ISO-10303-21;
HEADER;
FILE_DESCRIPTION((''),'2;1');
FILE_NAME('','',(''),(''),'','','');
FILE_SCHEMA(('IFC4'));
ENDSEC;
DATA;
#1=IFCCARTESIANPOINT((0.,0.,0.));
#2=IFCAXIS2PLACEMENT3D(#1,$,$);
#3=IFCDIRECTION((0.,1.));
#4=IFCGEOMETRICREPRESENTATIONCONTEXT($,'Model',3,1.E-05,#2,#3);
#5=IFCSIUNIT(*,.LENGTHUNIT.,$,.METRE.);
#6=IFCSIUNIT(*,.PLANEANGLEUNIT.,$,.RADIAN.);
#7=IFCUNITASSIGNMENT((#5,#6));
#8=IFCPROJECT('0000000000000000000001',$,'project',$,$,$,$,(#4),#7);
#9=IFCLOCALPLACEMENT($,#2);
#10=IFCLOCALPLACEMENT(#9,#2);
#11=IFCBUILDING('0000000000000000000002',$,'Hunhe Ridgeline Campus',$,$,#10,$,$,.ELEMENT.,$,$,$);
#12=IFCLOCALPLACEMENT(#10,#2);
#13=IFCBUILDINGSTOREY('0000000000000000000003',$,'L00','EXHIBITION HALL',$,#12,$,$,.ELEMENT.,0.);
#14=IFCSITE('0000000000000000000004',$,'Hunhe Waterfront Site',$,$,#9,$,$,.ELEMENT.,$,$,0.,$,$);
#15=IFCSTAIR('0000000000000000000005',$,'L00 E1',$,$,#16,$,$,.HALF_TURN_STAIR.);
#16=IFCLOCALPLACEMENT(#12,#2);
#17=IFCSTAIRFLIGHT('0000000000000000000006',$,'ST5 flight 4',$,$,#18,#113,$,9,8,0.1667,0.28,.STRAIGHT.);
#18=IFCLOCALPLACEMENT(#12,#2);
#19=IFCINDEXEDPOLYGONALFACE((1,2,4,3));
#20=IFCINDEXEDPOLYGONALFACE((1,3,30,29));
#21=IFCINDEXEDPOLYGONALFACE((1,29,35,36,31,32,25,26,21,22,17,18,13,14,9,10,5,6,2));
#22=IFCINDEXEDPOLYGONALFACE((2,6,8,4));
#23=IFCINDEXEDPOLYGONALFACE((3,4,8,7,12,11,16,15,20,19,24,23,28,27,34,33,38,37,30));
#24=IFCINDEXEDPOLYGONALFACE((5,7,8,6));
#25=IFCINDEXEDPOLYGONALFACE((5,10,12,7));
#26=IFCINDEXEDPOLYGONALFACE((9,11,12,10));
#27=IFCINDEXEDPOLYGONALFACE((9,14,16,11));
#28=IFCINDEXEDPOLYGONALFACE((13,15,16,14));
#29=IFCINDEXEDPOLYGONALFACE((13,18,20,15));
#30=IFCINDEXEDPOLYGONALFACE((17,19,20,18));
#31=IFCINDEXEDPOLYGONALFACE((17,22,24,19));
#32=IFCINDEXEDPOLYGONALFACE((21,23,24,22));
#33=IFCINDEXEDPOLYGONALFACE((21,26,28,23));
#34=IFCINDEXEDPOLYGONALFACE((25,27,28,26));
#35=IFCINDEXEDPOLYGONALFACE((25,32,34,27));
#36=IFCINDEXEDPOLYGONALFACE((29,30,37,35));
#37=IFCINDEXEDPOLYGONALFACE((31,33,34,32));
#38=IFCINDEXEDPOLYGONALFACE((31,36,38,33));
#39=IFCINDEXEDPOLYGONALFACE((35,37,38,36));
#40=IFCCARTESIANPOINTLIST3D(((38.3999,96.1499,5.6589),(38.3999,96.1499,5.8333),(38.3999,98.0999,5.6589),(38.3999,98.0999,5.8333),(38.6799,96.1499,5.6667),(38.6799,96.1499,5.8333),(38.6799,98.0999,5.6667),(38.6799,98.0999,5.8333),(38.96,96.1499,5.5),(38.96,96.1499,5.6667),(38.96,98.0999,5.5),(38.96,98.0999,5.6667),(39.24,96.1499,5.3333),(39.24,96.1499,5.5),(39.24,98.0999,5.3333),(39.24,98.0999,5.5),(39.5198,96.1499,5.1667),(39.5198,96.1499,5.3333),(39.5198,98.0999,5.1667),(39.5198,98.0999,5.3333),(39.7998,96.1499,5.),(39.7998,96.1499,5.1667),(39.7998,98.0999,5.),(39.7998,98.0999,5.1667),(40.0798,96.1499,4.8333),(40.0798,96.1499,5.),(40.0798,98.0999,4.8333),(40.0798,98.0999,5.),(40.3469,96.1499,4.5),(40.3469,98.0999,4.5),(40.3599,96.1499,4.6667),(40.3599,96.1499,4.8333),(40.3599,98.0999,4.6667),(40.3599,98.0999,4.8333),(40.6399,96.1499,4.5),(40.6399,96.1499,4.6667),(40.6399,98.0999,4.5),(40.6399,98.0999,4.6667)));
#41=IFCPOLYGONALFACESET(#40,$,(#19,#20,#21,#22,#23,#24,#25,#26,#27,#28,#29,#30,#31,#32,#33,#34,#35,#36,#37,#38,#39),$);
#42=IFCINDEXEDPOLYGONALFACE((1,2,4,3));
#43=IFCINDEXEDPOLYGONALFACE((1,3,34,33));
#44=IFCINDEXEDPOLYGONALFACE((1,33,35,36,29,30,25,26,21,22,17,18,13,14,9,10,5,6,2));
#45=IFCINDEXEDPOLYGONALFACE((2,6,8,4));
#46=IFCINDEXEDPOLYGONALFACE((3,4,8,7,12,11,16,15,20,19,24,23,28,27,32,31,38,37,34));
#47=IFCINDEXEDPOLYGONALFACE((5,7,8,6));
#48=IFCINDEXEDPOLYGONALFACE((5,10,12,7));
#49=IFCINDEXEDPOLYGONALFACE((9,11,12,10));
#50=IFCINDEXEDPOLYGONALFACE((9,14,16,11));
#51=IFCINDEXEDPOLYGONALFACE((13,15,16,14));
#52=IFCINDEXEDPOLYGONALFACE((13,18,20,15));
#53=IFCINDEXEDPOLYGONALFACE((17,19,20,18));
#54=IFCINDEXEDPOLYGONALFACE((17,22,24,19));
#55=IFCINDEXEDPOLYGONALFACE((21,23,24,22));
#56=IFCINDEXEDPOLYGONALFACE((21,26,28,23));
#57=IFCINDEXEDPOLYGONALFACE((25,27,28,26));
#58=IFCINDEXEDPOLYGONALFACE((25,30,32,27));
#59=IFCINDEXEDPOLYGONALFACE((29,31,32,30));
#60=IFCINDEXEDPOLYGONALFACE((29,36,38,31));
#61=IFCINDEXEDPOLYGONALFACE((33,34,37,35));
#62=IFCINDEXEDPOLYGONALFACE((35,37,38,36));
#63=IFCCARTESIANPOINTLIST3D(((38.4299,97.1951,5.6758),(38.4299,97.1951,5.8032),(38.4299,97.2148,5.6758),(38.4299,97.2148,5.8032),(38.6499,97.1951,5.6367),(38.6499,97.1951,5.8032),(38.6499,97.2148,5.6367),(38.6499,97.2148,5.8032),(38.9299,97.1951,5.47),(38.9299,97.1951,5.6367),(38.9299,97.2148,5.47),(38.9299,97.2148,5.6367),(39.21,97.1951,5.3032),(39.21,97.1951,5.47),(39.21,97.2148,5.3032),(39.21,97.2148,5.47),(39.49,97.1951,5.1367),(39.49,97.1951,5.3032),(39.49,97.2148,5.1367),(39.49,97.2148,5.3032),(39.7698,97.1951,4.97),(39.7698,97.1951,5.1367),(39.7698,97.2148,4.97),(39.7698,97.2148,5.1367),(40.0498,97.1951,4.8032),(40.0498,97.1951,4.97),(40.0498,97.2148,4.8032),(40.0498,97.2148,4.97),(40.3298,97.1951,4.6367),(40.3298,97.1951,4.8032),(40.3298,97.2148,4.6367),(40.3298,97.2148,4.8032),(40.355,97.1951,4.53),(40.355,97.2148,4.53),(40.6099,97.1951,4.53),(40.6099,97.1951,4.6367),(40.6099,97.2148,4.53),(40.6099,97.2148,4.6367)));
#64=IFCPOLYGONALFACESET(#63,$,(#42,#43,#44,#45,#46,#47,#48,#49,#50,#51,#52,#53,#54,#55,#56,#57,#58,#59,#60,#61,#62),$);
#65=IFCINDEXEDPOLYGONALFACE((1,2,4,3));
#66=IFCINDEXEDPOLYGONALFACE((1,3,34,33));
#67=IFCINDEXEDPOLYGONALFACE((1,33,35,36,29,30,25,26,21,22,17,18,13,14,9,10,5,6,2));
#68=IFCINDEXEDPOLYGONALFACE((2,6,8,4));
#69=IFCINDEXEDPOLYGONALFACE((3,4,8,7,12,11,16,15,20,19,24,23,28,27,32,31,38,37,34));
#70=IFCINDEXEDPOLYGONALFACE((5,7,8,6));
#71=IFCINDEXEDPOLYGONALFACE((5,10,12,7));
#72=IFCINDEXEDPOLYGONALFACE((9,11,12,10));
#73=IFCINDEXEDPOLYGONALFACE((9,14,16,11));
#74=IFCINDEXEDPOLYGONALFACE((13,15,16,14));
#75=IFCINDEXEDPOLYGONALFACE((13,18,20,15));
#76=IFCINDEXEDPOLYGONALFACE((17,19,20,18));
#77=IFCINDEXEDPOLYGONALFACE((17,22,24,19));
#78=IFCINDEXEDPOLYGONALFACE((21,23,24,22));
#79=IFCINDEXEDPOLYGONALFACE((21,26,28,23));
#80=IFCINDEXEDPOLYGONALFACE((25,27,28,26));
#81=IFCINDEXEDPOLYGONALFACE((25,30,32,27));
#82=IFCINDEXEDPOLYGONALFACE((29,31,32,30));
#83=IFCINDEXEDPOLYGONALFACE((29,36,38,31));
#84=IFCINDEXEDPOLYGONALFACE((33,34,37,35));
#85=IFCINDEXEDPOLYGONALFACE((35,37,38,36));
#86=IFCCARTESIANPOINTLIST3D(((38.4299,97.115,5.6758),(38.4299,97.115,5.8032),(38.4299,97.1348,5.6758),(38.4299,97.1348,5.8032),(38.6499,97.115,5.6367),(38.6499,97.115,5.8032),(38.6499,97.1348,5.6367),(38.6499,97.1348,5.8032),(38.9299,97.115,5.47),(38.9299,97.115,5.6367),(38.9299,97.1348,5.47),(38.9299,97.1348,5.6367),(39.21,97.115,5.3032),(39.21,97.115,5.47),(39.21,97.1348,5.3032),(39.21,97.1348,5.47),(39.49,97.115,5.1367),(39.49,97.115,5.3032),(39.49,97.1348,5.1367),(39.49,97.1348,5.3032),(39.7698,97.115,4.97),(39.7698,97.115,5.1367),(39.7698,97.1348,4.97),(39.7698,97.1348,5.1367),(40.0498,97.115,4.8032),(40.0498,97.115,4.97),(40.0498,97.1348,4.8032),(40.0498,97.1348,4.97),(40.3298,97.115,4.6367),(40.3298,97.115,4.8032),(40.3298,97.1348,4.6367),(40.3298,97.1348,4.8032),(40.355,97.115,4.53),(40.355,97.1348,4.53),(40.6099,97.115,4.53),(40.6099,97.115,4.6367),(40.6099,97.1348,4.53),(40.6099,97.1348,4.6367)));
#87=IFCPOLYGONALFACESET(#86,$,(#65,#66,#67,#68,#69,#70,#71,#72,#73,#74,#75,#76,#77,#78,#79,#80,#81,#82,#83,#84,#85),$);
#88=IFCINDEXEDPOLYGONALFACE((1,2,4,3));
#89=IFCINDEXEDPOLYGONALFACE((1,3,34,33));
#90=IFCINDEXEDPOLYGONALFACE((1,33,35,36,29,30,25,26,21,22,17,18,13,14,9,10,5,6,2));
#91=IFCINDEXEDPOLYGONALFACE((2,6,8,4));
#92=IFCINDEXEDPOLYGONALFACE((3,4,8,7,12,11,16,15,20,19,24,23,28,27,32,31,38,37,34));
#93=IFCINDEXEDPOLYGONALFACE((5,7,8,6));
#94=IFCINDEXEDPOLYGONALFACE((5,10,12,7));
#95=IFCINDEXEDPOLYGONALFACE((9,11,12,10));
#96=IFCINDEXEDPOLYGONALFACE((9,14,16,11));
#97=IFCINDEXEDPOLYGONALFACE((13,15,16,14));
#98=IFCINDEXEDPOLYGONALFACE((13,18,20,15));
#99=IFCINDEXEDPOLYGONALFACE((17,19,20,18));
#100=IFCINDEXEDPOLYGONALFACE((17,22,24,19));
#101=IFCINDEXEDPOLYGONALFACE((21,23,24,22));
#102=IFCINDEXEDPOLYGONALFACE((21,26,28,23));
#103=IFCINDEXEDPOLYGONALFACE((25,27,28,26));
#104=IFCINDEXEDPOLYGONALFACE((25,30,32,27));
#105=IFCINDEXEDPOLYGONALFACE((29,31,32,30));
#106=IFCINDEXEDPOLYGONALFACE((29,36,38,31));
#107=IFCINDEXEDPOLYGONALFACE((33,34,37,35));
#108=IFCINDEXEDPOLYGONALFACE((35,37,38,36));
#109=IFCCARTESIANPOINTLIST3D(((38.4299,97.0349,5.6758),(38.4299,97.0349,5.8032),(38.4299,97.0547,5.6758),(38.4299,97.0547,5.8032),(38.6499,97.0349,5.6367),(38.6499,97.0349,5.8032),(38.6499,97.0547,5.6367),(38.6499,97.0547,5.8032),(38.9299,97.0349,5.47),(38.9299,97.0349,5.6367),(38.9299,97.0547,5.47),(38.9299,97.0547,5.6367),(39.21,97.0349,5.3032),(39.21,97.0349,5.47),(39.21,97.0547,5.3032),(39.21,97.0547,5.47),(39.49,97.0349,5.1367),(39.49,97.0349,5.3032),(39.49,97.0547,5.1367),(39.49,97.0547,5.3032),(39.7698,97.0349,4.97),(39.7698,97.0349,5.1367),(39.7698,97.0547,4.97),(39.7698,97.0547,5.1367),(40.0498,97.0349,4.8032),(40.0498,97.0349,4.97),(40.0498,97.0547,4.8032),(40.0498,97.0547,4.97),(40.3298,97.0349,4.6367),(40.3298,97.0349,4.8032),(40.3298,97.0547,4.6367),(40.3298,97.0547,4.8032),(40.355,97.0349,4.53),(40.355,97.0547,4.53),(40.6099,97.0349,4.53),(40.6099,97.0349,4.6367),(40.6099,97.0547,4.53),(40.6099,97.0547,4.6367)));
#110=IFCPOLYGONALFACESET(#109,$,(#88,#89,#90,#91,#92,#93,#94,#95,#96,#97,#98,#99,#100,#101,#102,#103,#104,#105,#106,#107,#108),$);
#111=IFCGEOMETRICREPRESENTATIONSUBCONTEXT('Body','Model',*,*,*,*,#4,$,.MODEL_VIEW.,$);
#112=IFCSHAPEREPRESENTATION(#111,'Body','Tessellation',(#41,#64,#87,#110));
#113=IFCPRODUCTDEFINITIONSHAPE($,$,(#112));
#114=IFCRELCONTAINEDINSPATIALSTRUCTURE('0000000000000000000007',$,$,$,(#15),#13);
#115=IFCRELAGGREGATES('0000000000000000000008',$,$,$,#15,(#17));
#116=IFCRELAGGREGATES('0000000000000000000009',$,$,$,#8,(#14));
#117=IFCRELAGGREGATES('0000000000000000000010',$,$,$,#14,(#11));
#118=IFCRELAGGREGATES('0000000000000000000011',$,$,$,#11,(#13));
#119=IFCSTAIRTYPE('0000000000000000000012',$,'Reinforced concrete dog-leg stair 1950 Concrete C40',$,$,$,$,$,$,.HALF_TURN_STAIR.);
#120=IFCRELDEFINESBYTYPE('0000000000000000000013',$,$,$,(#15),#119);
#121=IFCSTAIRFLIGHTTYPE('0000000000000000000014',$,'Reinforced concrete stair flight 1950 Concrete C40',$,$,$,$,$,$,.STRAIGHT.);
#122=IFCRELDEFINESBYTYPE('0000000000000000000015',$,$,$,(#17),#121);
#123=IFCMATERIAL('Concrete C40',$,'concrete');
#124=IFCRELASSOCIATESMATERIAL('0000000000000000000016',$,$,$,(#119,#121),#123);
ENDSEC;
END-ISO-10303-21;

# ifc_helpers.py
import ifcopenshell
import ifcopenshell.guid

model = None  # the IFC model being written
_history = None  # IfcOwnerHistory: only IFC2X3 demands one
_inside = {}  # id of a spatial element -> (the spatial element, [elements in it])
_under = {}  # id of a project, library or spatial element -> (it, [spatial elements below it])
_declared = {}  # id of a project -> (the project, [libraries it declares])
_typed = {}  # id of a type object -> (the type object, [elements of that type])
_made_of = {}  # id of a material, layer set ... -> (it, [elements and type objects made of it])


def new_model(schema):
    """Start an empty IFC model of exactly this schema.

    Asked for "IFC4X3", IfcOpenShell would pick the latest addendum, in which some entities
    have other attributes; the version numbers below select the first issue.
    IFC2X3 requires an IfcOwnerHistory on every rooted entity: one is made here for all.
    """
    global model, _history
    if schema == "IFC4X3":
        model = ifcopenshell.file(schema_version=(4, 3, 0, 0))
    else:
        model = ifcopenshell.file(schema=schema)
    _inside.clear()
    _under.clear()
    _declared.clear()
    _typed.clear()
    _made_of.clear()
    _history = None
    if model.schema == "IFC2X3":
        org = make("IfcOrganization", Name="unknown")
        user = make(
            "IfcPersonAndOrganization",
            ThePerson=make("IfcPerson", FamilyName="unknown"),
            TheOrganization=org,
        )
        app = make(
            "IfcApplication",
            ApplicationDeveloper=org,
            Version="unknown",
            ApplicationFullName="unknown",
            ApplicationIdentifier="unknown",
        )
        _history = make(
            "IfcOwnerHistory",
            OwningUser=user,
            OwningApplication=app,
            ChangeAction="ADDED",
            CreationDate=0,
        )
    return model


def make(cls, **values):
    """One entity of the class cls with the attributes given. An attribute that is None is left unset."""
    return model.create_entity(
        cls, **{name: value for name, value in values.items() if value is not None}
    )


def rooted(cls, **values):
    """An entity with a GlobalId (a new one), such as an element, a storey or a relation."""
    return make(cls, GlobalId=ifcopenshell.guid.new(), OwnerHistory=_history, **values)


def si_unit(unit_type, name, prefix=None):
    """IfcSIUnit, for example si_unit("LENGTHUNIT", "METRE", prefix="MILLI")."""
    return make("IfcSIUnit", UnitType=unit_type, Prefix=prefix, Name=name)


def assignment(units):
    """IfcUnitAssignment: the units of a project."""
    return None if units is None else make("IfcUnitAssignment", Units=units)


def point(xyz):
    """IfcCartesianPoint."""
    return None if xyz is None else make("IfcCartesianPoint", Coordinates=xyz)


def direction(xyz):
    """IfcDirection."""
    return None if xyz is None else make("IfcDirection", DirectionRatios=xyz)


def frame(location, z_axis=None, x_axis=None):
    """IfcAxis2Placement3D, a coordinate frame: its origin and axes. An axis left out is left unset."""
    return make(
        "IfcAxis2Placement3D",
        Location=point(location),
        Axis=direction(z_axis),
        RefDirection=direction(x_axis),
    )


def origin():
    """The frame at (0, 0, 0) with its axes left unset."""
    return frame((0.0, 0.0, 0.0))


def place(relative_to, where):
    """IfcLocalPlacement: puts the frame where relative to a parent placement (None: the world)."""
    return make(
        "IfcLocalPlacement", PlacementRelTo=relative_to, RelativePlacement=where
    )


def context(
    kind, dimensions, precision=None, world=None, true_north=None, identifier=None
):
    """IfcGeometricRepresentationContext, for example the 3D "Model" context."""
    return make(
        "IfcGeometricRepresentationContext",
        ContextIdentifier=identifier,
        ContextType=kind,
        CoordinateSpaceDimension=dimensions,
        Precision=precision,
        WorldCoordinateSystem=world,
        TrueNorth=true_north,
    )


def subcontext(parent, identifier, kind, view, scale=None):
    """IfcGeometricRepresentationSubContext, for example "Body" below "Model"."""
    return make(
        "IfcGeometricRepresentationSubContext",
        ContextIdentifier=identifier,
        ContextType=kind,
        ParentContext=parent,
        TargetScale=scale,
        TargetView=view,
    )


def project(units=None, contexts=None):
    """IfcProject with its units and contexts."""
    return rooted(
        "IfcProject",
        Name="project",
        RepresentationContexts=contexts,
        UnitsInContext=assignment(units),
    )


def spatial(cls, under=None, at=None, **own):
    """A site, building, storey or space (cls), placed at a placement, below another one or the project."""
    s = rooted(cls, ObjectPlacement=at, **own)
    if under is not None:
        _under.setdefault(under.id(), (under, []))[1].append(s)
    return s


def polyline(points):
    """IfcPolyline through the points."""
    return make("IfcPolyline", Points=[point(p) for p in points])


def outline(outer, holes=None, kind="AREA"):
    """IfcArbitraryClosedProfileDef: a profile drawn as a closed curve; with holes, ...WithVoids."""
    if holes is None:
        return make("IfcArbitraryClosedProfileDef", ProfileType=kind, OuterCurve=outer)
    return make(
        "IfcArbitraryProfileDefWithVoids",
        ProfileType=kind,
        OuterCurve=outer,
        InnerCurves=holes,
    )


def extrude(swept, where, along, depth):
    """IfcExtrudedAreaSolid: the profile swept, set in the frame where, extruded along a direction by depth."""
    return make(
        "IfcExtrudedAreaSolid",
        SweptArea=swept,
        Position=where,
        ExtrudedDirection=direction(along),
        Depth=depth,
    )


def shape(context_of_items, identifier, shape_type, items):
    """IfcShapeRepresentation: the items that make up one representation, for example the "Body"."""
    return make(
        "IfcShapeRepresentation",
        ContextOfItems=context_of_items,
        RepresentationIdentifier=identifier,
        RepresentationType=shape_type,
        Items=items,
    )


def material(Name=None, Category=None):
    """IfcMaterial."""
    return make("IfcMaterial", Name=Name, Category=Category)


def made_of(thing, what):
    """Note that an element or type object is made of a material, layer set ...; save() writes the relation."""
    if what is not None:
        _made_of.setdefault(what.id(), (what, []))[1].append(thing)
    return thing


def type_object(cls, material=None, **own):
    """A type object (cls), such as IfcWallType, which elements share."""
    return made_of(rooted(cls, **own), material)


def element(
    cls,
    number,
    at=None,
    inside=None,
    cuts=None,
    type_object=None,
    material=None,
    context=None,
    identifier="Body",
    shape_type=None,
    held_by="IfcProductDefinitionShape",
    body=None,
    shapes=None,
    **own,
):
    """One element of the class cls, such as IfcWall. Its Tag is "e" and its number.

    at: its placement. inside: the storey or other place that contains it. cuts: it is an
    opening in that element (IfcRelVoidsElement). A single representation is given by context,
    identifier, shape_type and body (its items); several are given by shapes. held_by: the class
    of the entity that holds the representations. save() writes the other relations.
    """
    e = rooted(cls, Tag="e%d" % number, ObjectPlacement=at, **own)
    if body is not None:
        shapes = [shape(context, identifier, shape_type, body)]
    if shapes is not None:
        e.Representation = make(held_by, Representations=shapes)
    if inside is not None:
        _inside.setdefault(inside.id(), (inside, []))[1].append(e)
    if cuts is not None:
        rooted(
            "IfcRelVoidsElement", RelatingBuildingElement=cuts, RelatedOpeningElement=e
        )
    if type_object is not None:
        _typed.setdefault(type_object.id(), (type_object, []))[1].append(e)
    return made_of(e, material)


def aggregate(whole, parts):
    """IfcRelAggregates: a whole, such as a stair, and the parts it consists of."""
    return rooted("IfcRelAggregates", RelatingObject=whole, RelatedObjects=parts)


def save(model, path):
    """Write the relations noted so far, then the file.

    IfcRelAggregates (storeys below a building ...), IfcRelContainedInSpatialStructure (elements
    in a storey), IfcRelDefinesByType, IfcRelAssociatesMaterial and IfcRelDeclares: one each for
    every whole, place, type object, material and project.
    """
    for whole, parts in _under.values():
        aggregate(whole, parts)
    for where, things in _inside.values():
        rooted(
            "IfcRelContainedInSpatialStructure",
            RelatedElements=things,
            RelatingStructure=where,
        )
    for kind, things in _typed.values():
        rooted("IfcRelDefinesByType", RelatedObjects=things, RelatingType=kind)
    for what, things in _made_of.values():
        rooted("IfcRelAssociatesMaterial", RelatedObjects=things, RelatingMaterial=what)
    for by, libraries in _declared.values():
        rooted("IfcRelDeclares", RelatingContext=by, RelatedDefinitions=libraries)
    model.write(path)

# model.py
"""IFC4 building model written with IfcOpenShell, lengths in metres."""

from ifc_helpers import new_model, si_unit, direction, frame, origin, place, context, subcontext, project, spatial, polyline, outline, extrude, material, type_object, element, aggregate, save


model = new_model("IFC4")

# Units and contexts
model_context = context("Model", 3, precision=1e-05, world=origin(), true_north=direction((0.0, 1.0)))
body_context = subcontext(model_context, "Body", "Model", "MODEL_VIEW")
ifc_project = project(units=[si_unit("LENGTHUNIT", "METRE"), si_unit("PLANEANGLEUNIT", "RADIAN")], contexts=[model_context])

# Site, building, storey
site_placement = place(None, origin())
site = spatial("IfcSite", under=ifc_project, at=site_placement, Name="Hunhe Waterfront Site", CompositionType="ELEMENT", RefElevation=0.0)
building_placement = place(site_placement, origin())
building = spatial("IfcBuilding", under=site, at=building_placement, Name="Hunhe Ridgeline Campus", CompositionType="ELEMENT")
storey_placement = place(building_placement, origin())
storey = spatial("IfcBuildingStorey", under=building, at=storey_placement, Name="L00", Description="EXHIBITION HALL", CompositionType="ELEMENT", Elevation=0.0)

# Stair, stair flight
ifc_material_1 = material(Name="Concrete C40", Category="concrete")
stair_type = type_object("IfcStairType", Name="Reinforced concrete dog-leg stair 1950 Concrete C40", PredefinedType="HALF_TURN_STAIR", material=ifc_material_1)
stair_placement = place(storey_placement, origin())
stair = element("IfcStair", 1, at=stair_placement, inside=storey, type_object=stair_type, Name="L00 E1", PredefinedType="HALF_TURN_STAIR")
stair_flight_type = type_object("IfcStairFlightType", Name="Reinforced concrete stair flight 1950 Concrete C40", PredefinedType="STRAIGHT", material=ifc_material_1)
stair_flight_1_placement = place(storey_placement, frame((40.6399, 97.125, 4.5), z_axis=(0.0, 0.0, 1.0), x_axis=(-1.0, 0.0, 0.0)))
stair_flight_1 = element("IfcStairFlight", 2, at=stair_flight_1_placement, type_object=stair_flight_type, Name="ST5 flight 4", NumberOfRisers=9, NumberOfTreads=8, PredefinedType="STRAIGHT", RiserHeight=0.1667, TreadLength=0.28, context=body_context, shape_type="SweptSolid", body=[
    extrude(outline(polyline([(0.0, 0.0), (0.0, 0.1667), (0.28, 0.1667), (0.28, 0.3333), (0.5601, 0.3333), (0.5601, 0.5), (0.8401, 0.5), (0.8401, 0.6667), (1.1201, 0.6667), (1.1201, 0.8333), (1.3999, 0.8333), (1.3999, 1.0), (1.6799, 1.0), (1.6799, 1.1667), (1.96, 1.1667), (1.96, 1.3333), (2.24, 1.3333), (2.24, 1.5), (2.24, 1.1589), (0.293, 0.0), (0.0, 0.0)])), frame((0.0, 0.9751, 0.0), z_axis=(0.0, -1.0, 0.0), x_axis=(1.0, 0.0, 0.0)), (0.0, 0.0, 1.0), 1.95),
    extrude(outline(polyline([(0.03, 0.03), (0.03, 0.1367), (0.3101, 0.1367), (0.3101, 0.3032), (0.5901, 0.3032), (0.5901, 0.47), (0.8701, 0.47), (0.8701, 0.6367), (1.1499, 0.6367), (1.1499, 0.8032), (1.4299, 0.8032), (1.4299, 0.97), (1.71, 0.97), (1.71, 1.1367), (1.99, 1.1367), (1.99, 1.3032), (2.21, 1.3032), (2.21, 1.1758), (0.2849, 0.03), (0.03, 0.03)])), frame((0.0, -0.0701, 0.0), z_axis=(0.0, -1.0, 0.0), x_axis=(1.0, 0.0, 0.0)), (0.0, 0.0, 1.0), 0.0198),
    extrude(outline(polyline([(0.03, 0.03), (0.03, 0.1367), (0.3101, 0.1367), (0.3101, 0.3032), (0.5901, 0.3032), (0.5901, 0.47), (0.8701, 0.47), (0.8701, 0.6367), (1.1499, 0.6367), (1.1499, 0.8032), (1.4299, 0.8032), (1.4299, 0.97), (1.71, 0.97), (1.71, 1.1367), (1.99, 1.1367), (1.99, 1.3032), (2.21, 1.3032), (2.21, 1.1758), (0.2849, 0.03), (0.03, 0.03)])), frame((0.0, 0.01, 0.0), z_axis=(0.0, -1.0, 0.0), x_axis=(1.0, 0.0, 0.0)), (0.0, 0.0, 1.0), 0.0198),
    extrude(outline(polyline([(0.03, 0.03), (0.03, 0.1367), (0.3101, 0.1367), (0.3101, 0.3032), (0.5901, 0.3032), (0.5901, 0.47), (0.8701, 0.47), (0.8701, 0.6367), (1.1499, 0.6367), (1.1499, 0.8032), (1.4299, 0.8032), (1.4299, 0.97), (1.71, 0.97), (1.71, 1.1367), (1.99, 1.1367), (1.99, 1.3032), (2.21, 1.3032), (2.21, 1.1758), (0.2849, 0.03), (0.03, 0.03)])), frame((0.0, 0.0901, 0.0), z_axis=(0.0, -1.0, 0.0), x_axis=(1.0, 0.0, 0.0)), (0.0, 0.0, 1.0), 0.0198),
])
aggregate(stair, [stair_flight_1])

save(model, "model.ifc")
